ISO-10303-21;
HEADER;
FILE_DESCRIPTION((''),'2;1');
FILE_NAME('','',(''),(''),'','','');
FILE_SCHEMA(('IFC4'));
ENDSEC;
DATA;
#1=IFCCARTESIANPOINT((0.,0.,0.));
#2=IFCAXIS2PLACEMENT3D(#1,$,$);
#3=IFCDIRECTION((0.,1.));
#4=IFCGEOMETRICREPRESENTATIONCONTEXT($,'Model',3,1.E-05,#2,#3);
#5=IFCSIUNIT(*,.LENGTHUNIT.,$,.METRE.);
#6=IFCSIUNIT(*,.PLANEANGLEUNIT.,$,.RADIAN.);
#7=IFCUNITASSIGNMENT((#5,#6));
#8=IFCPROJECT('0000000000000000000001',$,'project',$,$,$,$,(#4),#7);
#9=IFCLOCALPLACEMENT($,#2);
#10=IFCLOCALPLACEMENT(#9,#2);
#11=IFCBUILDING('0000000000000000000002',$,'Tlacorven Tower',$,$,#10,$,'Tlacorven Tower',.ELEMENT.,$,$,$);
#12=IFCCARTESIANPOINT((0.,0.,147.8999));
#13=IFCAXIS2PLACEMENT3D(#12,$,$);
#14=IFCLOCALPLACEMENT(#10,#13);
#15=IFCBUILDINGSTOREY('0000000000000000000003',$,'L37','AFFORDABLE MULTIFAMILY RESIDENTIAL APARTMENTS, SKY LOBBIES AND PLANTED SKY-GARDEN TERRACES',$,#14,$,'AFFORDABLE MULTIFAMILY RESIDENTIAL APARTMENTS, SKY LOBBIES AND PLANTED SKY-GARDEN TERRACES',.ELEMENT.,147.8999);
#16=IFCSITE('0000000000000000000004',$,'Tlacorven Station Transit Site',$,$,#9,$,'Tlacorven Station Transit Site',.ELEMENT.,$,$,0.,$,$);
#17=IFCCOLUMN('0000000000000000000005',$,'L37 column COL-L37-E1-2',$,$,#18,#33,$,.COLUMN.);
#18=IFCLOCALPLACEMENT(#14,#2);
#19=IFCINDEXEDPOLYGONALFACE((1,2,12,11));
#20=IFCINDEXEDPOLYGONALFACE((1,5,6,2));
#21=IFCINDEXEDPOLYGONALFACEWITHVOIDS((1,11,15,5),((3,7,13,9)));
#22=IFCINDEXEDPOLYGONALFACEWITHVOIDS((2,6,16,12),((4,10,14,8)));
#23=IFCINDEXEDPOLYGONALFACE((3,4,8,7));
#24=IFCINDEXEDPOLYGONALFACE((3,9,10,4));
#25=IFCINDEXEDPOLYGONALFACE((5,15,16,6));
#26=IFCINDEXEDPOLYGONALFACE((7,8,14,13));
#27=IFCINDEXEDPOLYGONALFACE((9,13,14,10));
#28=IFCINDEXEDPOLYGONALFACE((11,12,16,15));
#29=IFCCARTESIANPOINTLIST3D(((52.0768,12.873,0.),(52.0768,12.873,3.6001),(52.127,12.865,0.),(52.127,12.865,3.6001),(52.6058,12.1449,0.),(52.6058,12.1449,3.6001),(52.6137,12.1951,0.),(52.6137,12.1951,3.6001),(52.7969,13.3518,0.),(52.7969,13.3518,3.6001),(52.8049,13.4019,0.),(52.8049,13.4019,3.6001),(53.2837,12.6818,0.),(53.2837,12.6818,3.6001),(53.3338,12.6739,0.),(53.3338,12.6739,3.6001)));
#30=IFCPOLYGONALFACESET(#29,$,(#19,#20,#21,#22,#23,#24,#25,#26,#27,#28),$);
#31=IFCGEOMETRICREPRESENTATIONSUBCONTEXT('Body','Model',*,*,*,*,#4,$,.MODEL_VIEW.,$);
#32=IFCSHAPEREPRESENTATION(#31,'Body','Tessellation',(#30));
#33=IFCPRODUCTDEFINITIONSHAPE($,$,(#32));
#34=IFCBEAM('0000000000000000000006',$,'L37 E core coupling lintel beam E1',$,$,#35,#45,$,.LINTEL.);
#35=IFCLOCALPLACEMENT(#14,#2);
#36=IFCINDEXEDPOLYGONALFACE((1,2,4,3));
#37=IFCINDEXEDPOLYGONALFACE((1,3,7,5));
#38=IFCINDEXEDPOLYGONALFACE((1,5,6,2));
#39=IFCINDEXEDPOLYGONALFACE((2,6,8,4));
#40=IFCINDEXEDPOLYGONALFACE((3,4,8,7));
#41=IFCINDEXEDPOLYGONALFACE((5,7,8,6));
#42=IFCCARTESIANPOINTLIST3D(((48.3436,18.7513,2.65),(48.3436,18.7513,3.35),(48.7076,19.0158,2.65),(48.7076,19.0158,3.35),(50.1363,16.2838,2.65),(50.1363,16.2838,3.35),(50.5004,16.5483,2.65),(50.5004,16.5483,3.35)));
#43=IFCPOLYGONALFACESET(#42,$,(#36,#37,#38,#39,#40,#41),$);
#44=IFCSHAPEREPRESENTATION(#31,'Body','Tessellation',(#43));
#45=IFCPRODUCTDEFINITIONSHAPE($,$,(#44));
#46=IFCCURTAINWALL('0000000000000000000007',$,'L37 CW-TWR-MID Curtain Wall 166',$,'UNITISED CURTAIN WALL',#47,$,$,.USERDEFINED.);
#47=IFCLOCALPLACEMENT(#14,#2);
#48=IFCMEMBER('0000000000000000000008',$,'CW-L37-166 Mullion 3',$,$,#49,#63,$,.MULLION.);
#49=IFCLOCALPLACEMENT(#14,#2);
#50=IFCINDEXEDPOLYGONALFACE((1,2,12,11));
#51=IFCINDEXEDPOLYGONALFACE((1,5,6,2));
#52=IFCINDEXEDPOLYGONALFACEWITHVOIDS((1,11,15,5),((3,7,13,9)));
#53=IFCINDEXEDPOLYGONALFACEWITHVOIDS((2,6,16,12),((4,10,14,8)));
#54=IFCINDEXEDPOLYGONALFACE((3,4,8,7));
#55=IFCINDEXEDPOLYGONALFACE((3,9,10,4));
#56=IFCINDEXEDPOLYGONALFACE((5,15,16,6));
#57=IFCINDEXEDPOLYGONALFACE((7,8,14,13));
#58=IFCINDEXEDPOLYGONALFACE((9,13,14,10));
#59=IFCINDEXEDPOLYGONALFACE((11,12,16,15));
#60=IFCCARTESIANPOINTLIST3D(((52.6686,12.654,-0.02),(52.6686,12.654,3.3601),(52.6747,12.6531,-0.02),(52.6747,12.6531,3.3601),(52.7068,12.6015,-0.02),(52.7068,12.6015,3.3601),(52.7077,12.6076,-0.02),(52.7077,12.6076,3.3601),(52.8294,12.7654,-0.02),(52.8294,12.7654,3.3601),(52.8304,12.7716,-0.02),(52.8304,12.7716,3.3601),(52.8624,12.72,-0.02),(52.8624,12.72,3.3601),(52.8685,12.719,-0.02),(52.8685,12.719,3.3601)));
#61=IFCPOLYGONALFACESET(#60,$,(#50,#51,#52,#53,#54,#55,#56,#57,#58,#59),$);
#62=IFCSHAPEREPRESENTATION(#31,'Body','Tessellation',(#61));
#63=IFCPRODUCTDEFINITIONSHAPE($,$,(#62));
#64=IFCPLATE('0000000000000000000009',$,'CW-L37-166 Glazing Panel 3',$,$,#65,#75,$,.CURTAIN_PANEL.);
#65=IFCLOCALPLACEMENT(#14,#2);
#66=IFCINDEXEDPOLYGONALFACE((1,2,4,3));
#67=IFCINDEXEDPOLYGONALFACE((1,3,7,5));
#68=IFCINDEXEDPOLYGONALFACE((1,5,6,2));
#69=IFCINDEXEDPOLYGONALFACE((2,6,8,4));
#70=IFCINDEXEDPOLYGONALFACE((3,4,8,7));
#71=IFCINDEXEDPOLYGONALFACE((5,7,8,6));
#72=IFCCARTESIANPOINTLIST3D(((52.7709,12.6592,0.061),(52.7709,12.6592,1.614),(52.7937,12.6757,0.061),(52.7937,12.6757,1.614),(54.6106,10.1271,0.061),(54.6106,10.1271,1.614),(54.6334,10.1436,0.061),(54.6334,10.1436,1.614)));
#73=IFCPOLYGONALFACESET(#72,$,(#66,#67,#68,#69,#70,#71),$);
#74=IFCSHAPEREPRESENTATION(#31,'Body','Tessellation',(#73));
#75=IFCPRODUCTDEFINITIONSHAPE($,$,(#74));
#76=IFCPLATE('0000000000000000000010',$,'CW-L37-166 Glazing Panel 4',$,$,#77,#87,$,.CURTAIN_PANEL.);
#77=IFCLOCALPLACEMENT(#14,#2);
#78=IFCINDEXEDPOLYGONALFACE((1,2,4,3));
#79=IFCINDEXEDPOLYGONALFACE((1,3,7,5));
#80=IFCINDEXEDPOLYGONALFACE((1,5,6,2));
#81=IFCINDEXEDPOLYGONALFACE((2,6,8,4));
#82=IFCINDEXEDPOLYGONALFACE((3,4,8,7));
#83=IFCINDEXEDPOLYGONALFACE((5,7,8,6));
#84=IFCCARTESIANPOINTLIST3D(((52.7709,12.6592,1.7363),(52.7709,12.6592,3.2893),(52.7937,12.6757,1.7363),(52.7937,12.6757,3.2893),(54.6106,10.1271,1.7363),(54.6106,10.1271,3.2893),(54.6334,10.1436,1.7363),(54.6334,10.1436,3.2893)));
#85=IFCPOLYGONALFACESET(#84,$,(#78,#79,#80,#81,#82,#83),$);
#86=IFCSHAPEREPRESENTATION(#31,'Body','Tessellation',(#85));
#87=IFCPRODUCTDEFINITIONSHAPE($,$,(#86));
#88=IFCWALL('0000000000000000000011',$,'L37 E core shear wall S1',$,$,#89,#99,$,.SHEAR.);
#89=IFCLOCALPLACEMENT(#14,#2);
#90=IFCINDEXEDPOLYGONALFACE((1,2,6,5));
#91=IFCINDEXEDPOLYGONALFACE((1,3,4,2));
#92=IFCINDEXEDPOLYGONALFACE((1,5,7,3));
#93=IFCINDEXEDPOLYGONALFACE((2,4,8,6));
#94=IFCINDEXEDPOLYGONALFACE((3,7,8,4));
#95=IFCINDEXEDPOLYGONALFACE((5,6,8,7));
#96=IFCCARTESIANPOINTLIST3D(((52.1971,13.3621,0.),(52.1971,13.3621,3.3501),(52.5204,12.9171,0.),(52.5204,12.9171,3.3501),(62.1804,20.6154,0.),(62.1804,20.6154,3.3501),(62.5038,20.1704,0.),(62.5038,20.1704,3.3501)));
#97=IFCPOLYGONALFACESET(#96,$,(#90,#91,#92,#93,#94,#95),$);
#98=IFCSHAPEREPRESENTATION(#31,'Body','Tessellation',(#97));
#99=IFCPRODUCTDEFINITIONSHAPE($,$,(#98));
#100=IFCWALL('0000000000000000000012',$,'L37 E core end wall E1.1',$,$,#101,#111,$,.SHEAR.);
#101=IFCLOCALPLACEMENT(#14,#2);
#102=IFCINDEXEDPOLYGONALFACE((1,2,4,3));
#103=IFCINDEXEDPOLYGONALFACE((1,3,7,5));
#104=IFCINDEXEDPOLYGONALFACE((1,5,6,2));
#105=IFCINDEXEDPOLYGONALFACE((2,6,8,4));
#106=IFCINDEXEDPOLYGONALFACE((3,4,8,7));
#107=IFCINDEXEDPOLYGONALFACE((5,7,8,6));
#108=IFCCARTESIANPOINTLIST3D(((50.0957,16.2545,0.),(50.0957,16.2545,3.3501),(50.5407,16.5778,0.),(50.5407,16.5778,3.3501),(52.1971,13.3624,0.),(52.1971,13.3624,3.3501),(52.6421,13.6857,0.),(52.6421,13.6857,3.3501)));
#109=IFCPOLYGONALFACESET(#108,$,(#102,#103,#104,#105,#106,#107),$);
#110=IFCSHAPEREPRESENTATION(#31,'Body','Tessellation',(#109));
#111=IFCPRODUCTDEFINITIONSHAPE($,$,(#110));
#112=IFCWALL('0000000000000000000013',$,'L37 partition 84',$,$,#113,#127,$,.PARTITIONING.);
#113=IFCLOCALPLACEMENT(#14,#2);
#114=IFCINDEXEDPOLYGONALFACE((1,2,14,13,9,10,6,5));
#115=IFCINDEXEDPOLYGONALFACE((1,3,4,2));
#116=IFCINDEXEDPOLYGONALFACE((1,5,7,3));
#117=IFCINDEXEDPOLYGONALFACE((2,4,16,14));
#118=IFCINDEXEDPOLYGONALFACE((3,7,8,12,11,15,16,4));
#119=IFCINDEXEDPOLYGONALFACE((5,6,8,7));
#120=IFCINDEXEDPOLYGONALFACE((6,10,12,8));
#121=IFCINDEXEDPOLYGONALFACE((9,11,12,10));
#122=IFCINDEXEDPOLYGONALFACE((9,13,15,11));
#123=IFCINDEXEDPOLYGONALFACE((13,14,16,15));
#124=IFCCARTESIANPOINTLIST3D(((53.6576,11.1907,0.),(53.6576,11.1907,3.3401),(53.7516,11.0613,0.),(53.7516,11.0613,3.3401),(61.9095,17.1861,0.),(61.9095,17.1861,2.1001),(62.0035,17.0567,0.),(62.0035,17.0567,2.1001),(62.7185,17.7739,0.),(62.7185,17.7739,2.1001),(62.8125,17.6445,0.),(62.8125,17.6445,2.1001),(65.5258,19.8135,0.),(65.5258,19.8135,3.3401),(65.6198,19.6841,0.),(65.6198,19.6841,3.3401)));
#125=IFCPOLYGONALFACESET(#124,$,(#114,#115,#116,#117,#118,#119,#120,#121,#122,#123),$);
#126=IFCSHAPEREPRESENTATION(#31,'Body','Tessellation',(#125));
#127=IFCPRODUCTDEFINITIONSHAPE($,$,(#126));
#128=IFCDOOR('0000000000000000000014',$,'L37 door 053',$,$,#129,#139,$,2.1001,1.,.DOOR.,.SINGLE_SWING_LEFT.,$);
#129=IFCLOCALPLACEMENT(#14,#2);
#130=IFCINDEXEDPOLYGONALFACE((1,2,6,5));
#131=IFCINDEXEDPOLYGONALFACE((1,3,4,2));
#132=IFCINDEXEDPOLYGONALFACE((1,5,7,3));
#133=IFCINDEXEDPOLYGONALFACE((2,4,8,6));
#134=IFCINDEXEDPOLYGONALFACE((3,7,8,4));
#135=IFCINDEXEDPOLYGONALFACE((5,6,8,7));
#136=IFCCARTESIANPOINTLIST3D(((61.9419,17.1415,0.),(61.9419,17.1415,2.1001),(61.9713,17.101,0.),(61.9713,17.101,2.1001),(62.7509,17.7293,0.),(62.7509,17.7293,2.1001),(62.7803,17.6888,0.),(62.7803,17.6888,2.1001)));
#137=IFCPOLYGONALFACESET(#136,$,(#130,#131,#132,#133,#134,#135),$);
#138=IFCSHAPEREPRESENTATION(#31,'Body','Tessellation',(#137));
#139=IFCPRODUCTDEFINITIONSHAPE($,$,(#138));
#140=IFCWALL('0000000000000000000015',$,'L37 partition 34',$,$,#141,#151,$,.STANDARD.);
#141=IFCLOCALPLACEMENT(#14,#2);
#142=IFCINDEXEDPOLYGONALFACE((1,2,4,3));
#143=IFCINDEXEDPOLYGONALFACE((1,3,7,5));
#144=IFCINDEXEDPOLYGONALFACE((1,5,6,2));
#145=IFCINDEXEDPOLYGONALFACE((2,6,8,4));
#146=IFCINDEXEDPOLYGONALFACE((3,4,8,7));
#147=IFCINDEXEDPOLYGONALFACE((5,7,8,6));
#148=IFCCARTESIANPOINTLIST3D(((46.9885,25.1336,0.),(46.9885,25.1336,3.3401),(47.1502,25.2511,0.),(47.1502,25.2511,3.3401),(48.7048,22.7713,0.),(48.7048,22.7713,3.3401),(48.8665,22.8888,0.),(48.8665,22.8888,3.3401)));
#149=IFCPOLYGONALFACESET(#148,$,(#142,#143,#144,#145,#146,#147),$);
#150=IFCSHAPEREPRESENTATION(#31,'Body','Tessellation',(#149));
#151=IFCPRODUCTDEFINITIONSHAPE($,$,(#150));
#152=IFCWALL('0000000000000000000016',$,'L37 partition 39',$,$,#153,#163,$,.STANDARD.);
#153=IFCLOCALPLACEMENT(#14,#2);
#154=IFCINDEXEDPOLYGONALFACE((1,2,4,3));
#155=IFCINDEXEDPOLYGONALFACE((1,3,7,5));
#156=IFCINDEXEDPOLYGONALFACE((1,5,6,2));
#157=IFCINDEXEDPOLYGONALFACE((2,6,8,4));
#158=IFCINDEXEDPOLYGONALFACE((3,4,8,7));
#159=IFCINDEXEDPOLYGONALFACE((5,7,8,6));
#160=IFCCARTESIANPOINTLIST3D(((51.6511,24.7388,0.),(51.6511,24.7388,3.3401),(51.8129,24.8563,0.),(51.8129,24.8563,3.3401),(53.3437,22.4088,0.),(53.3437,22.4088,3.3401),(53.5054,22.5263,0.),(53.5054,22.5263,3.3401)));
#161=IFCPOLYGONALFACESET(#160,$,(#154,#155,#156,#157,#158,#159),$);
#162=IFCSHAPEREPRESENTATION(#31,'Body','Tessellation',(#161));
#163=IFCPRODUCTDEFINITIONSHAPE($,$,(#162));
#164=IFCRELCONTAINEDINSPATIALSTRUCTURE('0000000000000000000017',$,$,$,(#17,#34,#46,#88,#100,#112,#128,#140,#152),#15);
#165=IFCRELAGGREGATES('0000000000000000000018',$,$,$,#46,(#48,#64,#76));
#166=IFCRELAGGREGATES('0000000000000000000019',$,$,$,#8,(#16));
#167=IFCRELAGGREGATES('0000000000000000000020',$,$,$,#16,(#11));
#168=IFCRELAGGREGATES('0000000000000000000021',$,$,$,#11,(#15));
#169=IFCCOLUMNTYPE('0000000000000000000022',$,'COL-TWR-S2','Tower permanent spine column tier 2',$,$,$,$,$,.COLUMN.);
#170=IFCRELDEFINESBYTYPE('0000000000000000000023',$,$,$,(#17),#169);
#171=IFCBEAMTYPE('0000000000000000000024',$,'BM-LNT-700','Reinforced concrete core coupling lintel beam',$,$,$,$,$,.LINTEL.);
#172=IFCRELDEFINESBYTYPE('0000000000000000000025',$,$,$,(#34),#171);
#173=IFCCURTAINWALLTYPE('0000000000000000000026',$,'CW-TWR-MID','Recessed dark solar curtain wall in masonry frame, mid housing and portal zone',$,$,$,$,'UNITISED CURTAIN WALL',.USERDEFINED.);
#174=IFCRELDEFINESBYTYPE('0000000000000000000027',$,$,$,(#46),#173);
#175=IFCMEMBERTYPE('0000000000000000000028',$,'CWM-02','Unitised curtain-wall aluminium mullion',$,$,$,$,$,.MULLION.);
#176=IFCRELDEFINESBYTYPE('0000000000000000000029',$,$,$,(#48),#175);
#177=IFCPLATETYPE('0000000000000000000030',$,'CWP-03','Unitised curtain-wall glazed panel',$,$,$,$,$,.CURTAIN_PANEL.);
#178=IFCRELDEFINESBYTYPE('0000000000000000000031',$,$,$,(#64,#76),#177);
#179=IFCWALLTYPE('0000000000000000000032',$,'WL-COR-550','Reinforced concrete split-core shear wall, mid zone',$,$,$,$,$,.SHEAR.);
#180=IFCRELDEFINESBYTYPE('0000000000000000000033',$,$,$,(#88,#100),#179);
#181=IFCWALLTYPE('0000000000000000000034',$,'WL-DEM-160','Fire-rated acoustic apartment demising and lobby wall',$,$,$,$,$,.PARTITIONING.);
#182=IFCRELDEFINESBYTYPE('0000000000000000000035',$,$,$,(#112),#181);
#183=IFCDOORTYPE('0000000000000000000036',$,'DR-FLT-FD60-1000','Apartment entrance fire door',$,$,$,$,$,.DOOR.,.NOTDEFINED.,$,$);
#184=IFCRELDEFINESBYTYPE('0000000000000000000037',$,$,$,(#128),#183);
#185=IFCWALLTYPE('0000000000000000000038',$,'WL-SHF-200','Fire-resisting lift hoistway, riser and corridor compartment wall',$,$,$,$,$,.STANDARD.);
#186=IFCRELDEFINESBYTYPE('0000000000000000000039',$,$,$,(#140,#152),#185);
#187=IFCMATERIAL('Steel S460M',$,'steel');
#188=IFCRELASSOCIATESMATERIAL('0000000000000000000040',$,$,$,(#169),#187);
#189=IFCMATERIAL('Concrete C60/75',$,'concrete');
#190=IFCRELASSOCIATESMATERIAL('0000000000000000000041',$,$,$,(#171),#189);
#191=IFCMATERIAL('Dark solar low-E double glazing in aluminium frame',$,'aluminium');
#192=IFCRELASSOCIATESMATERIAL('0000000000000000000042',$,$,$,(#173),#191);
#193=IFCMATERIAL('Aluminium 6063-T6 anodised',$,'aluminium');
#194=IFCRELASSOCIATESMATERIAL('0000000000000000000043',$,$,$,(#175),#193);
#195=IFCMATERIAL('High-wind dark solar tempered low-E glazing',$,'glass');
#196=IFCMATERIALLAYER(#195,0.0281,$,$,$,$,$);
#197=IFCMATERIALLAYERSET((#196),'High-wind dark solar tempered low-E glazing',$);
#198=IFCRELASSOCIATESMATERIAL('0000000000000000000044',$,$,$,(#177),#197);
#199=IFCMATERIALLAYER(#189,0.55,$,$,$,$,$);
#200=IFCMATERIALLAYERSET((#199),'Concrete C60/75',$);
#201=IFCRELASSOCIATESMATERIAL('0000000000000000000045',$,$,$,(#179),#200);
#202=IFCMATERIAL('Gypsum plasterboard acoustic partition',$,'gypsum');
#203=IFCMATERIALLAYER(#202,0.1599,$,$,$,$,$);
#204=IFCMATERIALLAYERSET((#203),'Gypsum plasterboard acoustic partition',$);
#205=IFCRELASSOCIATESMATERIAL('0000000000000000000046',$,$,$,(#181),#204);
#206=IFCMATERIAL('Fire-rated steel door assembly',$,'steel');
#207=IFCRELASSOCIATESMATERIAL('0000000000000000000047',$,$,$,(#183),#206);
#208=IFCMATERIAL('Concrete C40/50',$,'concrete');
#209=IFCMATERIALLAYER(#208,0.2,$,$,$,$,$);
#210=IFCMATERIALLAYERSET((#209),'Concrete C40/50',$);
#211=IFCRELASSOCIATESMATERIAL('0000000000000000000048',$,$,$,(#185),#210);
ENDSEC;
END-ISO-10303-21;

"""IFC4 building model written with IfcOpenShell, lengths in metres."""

from ifc_helpers import new_model, si_unit, direction, frame, frame_2d, origin, origin_2d, place, context, subcontext, project, spatial, rectangle, hollow_rectangle, extrude, source, transform, mapped, material, layer, layer_set, material_profile, profile_set, type_object, element, fill, aggregate, save


model = new_model("IFC4")

# Units and contexts
model_context = context("Model", 3, precision=1e-05, world=origin(), true_north=direction((0.0, 1.0)))
body_context = subcontext(model_context, "Body", "Model", "MODEL_VIEW")
ifc_project = project(units=[si_unit("LENGTHUNIT", "METRE"), si_unit("PLANEANGLEUNIT", "RADIAN")], contexts=[model_context])

# Site, building, storey
site_placement = place(None, origin())
site = spatial("IfcSite", under=ifc_project, at=site_placement, Name="Tlacorven Station Transit Site", LongName="Tlacorven Station Transit Site", CompositionType="ELEMENT", RefElevation=0.0)
building_placement = place(site_placement, origin())
building = spatial("IfcBuilding", under=site, at=building_placement, Name="Tlacorven Tower", LongName="Tlacorven Tower", CompositionType="ELEMENT")
storey_placement = place(building_placement, frame((0.0, 0.0, 147.8999)))
storey = spatial("IfcBuildingStorey", under=building, at=storey_placement, Name="L37", Description="AFFORDABLE MULTIFAMILY RESIDENTIAL APARTMENTS, SKY LOBBIES AND PLANTED SKY-GARDEN TERRACES", LongName="AFFORDABLE MULTIFAMILY RESIDENTIAL APARTMENTS, SKY LOBBIES AND PLANTED SKY-GARDEN TERRACES", CompositionType="ELEMENT", Elevation=147.8999)

# Column
ifc_material_1 = material(Name="Steel S460M", Category="steel")
ifc_material_profile_1 = material_profile(ifc_material_1, hollow_rectangle(XDim=0.8999, YDim=0.8999, WallThickness=0.0359, at=origin_2d()), Name="BOX 900X900X36")
ifc_profile_set_1 = profile_set([ifc_material_profile_1], Name="Steel S460M")
column_type = type_object("IfcColumnType", Name="COL-TWR-S2", Description="Tower permanent spine column tier 2", PredefinedType="COLUMN", material=ifc_profile_set_1)
shared_shape_1 = source(origin(), body_context, "Body", "SweptSolid", [
    extrude(hollow_rectangle(XDim=0.8999, YDim=0.8999, WallThickness=0.0359, at=origin_2d()), origin(), (0.0, 0.0, 1.0), 3.6001),
])
column_placement = place(storey_placement, frame((52.7053, 12.7734, 0.0), z_axis=(0.0, 0.0, 1.0), x_axis=(0.809017, 0.587785, 0.0)))
element("IfcColumn", 1, at=column_placement, inside=storey, type_object=column_type, Name="L37 column COL-L37-E1-2", PredefinedType="COLUMN", context=body_context, shape_type="MappedRepresentation", body=[
    mapped(shared_shape_1, transform((0.0, 0.0, 0.0), scale=1.0)),
])

# Beam
ifc_material_2 = material(Name="Concrete C60/75", Category="concrete")
ifc_material_profile_2 = material_profile(ifc_material_2, rectangle(XDim=0.45, YDim=0.7, at=origin_2d()), Name="RC 450X700")
ifc_profile_set_2 = profile_set([ifc_material_profile_2], Name="Concrete C60/75")
beam_type = type_object("IfcBeamType", Name="BM-LNT-700", Description="Reinforced concrete core coupling lintel beam", PredefinedType="LINTEL", material=ifc_profile_set_2)
shared_shape_2 = source(origin(), body_context, "Body", "SweptSolid", [
    extrude(rectangle(XDim=0.45, YDim=0.7, at=origin_2d()), origin(), (0.0, 0.0, 1.0), 3.05),
])
beam_placement = place(storey_placement, frame((50.3184, 16.416, 3.0), z_axis=(-0.587777, 0.809023, 0.0), x_axis=(-0.809023, -0.587777, 0.0)))
element("IfcBeam", 2, at=beam_placement, inside=storey, type_object=beam_type, Name="L37 E core coupling lintel beam E1", PredefinedType="LINTEL", context=body_context, shape_type="MappedRepresentation", body=[
    mapped(shared_shape_2, transform((0.0, 0.0, 0.0), scale=1.0)),
])

# Curtain wall, member, plates
ifc_material_3 = material(Name="Dark solar low-E double glazing in aluminium frame", Category="aluminium")
curtain_wall_type = type_object("IfcCurtainWallType", Name="CW-TWR-MID", Description="Recessed dark solar curtain wall in masonry frame, mid housing and portal zone", ElementType="UNITISED CURTAIN WALL", PredefinedType="USERDEFINED", material=ifc_material_3)
curtain_wall_placement = place(storey_placement, origin())
curtain_wall = element("IfcCurtainWall", 3, at=curtain_wall_placement, inside=storey, type_object=curtain_wall_type, Name="L37 CW-TWR-MID Curtain Wall 166", ObjectType="UNITISED CURTAIN WALL", PredefinedType="USERDEFINED")
ifc_material_4 = material(Name="Aluminium 6063-T6 anodised", Category="aluminium")
ifc_material_profile_3 = material_profile(ifc_material_4, hollow_rectangle(XDim=0.0649, YDim=0.2, WallThickness=0.0044, at=origin_2d()), Name="ALU MULLION 65X200")
ifc_profile_set_3 = profile_set([ifc_material_profile_3], Name="Aluminium 6063-T6 anodised")
member_type = type_object("IfcMemberType", Name="CWM-02", Description="Unitised curtain-wall aluminium mullion", PredefinedType="MULLION", material=ifc_profile_set_3)
shared_shape_3 = source(origin(), body_context, "Body", "SweptSolid", [
    extrude(hollow_rectangle(XDim=0.0649, YDim=0.2, WallThickness=0.0044, at=origin_2d()), origin(), (0.0, 0.0, 1.0), 3.3801),
])
member_placement = place(storey_placement, frame((52.7686, 12.6865, -0.02), z_axis=(0.0, 0.0, 1.0), x_axis=(-0.587785, 0.809017, 0.0)))
member = element("IfcMember", 4, at=member_placement, type_object=member_type, Name="CW-L37-166 Mullion 3", PredefinedType="MULLION", context=body_context, shape_type="MappedRepresentation", body=[
    mapped(shared_shape_3, transform((0.0, 0.0, 0.0), scale=1.0)),
])
ifc_material_5 = material(Name="High-wind dark solar tempered low-E glazing", Category="glass")
ifc_layer_1 = layer(ifc_material_5, 0.0281)
ifc_layer_set_1 = layer_set([ifc_layer_1], Name="High-wind dark solar tempered low-E glazing")
plate_type = type_object("IfcPlateType", Name="CWP-03", Description="Unitised curtain-wall glazed panel", PredefinedType="CURTAIN_PANEL", material=ifc_layer_set_1)
shared_shape_4 = source(origin(), body_context, "Body", "SweptSolid", [
    extrude(rectangle(XDim=3.1299, YDim=0.0281, at=origin_2d()), origin(), (0.0, 0.0, 1.0), 1.553),
])
plate_1_placement = place(storey_placement, frame((53.7021, 11.4014, 0.061), z_axis=(0.0, 0.0, 1.0), x_axis=(-0.587785, 0.809017, 0.0)))
plate_1 = element("IfcPlate", 5, at=plate_1_placement, type_object=plate_type, Name="CW-L37-166 Glazing Panel 3", PredefinedType="CURTAIN_PANEL", context=body_context, shape_type="MappedRepresentation", body=[
    mapped(shared_shape_4, transform((0.0, 0.0, 0.0), scale=1.0)),
])
plate_2_placement = place(storey_placement, frame((53.7021, 11.4014, 1.7363), z_axis=(0.0, 0.0, 1.0), x_axis=(-0.587785, 0.809017, 0.0)))
plate_2 = element("IfcPlate", 6, at=plate_2_placement, type_object=plate_type, Name="CW-L37-166 Glazing Panel 4", PredefinedType="CURTAIN_PANEL", context=body_context, shape_type="MappedRepresentation", body=[
    mapped(shared_shape_4, transform((0.0, 0.0, 0.0), scale=1.0)),
])
aggregate(curtain_wall, [member, plate_1, plate_2])

# Walls
ifc_layer_2 = layer(ifc_material_2, 0.55)
ifc_layer_set_2 = layer_set([ifc_layer_2], Name="Concrete C60/75")
wall_type_1 = type_object("IfcWallType", Name="WL-COR-550", Description="Reinforced concrete split-core shear wall, mid zone", PredefinedType="SHEAR", material=ifc_layer_set_2)
wall_1_placement = place(storey_placement, frame((52.3589, 13.1396, 0.0), z_axis=(0.0, 0.0, 1.0), x_axis=(0.809015, 0.587788, 0.0)))
element("IfcWall", 7, at=wall_1_placement, inside=storey, type_object=wall_type_1, Name="L37 E core shear wall S1", PredefinedType="SHEAR", context=body_context, shape_type="SweptSolid", body=[
    extrude(rectangle(XDim=12.3401, YDim=0.55, at=frame_2d((6.1699, 0.0))), origin(), (0.0, 0.0, 1.0), 3.3501),
])
wall_2_placement = place(storey_placement, frame((52.4197, 13.5239, 0.0), z_axis=(0.0, 0.0, 1.0), x_axis=(-0.587802, 0.809005, 0.0)))
element("IfcWall", 8, at=wall_2_placement, inside=storey, type_object=wall_type_1, Name="L37 E core end wall E1.1", PredefinedType="SHEAR", context=body_context, shape_type="SweptSolid", body=[
    extrude(rectangle(XDim=3.575, YDim=0.55, at=frame_2d((1.7876, 0.0))), origin(), (0.0, 0.0, 1.0), 3.3501),
])

# Wall, opening, door
ifc_material_6 = material(Name="Gypsum plasterboard acoustic partition", Category="gypsum")
ifc_layer_3 = layer(ifc_material_6, 0.1599)
ifc_layer_set_3 = layer_set([ifc_layer_3], Name="Gypsum plasterboard acoustic partition")
wall_type_2 = type_object("IfcWallType", Name="WL-DEM-160", Description="Fire-rated acoustic apartment demising and lobby wall", PredefinedType="PARTITIONING", material=ifc_layer_set_3)
wall_3_placement = place(storey_placement, frame((53.7046, 11.126, 0.0), z_axis=(0.0, 0.0, 1.0), x_axis=(0.809015, 0.587789, 0.0)))
wall_3 = element("IfcWall", 9, at=wall_3_placement, inside=storey, type_object=wall_type_2, Name="L37 partition 84", PredefinedType="PARTITIONING", context=body_context, shape_type="SweptSolid", body=[
    extrude(rectangle(XDim=14.6699, YDim=0.1599, at=frame_2d((7.335, 0.0))), origin(), (0.0, 0.0, 1.0), 3.3401),
])
opening_1_placement = place(wall_3_placement, frame((10.2, 0.0, 0.0)))
opening_1 = element("IfcOpeningElement", 10, at=opening_1_placement, cuts=wall_3, PredefinedType="OPENING", context=body_context, shape_type="SweptSolid", body=[
    extrude(rectangle(XDim=1.0, YDim=2.1001, at=frame_2d((0.5, 1.05))), frame((0.0, 0.0898, 0.0), z_axis=(0.0, -1.0, 0.0), x_axis=(1.0, 0.0, 0.0)), (0.0, 0.0, 1.0), 0.1799),
])
ifc_material_7 = material(Name="Fire-rated steel door assembly", Category="steel")
door_type_1 = type_object("IfcDoorType", Name="DR-FLT-FD60-1000", Description="Apartment entrance fire door", OperationType="NOTDEFINED", PredefinedType="DOOR", material=ifc_material_7)
shared_shape_5 = source(origin(), body_context, "Body", "SweptSolid", [
    extrude(rectangle(XDim=1.0, YDim=2.1001, at=frame_2d((0.5, 1.05))), frame((0.0, 0.0249, 0.0), z_axis=(0.0, -1.0, 0.0), x_axis=(1.0, 0.0, 0.0)), (0.0, 0.0, 1.0), 0.05),
])
door_1_placement = place(opening_1_placement, origin())
door_1 = element("IfcDoor", 11, at=door_1_placement, inside=storey, type_object=door_type_1, Name="L37 door 053", OperationType="SINGLE_SWING_LEFT", OverallHeight=2.1001, OverallWidth=1.0, PredefinedType="DOOR", context=body_context, shape_type="MappedRepresentation", body=[
    mapped(shared_shape_5, transform((0.0, 0.0, 0.0), scale=1.0)),
])
fill(opening_1, door_1)

# Walls
ifc_material_8 = material(Name="Concrete C40/50", Category="concrete")
ifc_layer_4 = layer(ifc_material_8, 0.2)
ifc_layer_set_4 = layer_set([ifc_layer_4], Name="Concrete C40/50")
wall_type_3 = type_object("IfcWallType", Name="WL-SHF-200", Description="Fire-resisting lift hoistway, riser and corridor compartment wall", PredefinedType="STANDARD", material=ifc_layer_set_4)
wall_4_placement = place(storey_placement, frame((48.7856, 22.8301, 0.0), z_axis=(0.0, 0.0, 1.0), x_axis=(-0.587784, 0.809018, 0.0)))
element("IfcWall", 12, at=wall_4_placement, inside=storey, type_object=wall_type_3, Name="L37 partition 34", PredefinedType="STANDARD", context=body_context, shape_type="SweptSolid", body=[
    extrude(rectangle(XDim=2.9199, YDim=0.2, at=frame_2d((1.46, 0.0))), origin(), (0.0, 0.0, 1.0), 3.3401),
])
wall_5_placement = place(storey_placement, frame((53.4246, 22.4675, 0.0), z_axis=(0.0, 0.0, 1.0), x_axis=(-0.587723, 0.809062, 0.0)))
element("IfcWall", 13, at=wall_5_placement, inside=storey, type_object=wall_type_3, Name="L37 partition 39", PredefinedType="STANDARD", context=body_context, shape_type="SweptSolid", body=[
    extrude(rectangle(XDim=2.8799, YDim=0.2, at=frame_2d((1.4399, 0.0))), origin(), (0.0, 0.0, 1.0), 3.3401),
])

save(model, "model.ifc")
